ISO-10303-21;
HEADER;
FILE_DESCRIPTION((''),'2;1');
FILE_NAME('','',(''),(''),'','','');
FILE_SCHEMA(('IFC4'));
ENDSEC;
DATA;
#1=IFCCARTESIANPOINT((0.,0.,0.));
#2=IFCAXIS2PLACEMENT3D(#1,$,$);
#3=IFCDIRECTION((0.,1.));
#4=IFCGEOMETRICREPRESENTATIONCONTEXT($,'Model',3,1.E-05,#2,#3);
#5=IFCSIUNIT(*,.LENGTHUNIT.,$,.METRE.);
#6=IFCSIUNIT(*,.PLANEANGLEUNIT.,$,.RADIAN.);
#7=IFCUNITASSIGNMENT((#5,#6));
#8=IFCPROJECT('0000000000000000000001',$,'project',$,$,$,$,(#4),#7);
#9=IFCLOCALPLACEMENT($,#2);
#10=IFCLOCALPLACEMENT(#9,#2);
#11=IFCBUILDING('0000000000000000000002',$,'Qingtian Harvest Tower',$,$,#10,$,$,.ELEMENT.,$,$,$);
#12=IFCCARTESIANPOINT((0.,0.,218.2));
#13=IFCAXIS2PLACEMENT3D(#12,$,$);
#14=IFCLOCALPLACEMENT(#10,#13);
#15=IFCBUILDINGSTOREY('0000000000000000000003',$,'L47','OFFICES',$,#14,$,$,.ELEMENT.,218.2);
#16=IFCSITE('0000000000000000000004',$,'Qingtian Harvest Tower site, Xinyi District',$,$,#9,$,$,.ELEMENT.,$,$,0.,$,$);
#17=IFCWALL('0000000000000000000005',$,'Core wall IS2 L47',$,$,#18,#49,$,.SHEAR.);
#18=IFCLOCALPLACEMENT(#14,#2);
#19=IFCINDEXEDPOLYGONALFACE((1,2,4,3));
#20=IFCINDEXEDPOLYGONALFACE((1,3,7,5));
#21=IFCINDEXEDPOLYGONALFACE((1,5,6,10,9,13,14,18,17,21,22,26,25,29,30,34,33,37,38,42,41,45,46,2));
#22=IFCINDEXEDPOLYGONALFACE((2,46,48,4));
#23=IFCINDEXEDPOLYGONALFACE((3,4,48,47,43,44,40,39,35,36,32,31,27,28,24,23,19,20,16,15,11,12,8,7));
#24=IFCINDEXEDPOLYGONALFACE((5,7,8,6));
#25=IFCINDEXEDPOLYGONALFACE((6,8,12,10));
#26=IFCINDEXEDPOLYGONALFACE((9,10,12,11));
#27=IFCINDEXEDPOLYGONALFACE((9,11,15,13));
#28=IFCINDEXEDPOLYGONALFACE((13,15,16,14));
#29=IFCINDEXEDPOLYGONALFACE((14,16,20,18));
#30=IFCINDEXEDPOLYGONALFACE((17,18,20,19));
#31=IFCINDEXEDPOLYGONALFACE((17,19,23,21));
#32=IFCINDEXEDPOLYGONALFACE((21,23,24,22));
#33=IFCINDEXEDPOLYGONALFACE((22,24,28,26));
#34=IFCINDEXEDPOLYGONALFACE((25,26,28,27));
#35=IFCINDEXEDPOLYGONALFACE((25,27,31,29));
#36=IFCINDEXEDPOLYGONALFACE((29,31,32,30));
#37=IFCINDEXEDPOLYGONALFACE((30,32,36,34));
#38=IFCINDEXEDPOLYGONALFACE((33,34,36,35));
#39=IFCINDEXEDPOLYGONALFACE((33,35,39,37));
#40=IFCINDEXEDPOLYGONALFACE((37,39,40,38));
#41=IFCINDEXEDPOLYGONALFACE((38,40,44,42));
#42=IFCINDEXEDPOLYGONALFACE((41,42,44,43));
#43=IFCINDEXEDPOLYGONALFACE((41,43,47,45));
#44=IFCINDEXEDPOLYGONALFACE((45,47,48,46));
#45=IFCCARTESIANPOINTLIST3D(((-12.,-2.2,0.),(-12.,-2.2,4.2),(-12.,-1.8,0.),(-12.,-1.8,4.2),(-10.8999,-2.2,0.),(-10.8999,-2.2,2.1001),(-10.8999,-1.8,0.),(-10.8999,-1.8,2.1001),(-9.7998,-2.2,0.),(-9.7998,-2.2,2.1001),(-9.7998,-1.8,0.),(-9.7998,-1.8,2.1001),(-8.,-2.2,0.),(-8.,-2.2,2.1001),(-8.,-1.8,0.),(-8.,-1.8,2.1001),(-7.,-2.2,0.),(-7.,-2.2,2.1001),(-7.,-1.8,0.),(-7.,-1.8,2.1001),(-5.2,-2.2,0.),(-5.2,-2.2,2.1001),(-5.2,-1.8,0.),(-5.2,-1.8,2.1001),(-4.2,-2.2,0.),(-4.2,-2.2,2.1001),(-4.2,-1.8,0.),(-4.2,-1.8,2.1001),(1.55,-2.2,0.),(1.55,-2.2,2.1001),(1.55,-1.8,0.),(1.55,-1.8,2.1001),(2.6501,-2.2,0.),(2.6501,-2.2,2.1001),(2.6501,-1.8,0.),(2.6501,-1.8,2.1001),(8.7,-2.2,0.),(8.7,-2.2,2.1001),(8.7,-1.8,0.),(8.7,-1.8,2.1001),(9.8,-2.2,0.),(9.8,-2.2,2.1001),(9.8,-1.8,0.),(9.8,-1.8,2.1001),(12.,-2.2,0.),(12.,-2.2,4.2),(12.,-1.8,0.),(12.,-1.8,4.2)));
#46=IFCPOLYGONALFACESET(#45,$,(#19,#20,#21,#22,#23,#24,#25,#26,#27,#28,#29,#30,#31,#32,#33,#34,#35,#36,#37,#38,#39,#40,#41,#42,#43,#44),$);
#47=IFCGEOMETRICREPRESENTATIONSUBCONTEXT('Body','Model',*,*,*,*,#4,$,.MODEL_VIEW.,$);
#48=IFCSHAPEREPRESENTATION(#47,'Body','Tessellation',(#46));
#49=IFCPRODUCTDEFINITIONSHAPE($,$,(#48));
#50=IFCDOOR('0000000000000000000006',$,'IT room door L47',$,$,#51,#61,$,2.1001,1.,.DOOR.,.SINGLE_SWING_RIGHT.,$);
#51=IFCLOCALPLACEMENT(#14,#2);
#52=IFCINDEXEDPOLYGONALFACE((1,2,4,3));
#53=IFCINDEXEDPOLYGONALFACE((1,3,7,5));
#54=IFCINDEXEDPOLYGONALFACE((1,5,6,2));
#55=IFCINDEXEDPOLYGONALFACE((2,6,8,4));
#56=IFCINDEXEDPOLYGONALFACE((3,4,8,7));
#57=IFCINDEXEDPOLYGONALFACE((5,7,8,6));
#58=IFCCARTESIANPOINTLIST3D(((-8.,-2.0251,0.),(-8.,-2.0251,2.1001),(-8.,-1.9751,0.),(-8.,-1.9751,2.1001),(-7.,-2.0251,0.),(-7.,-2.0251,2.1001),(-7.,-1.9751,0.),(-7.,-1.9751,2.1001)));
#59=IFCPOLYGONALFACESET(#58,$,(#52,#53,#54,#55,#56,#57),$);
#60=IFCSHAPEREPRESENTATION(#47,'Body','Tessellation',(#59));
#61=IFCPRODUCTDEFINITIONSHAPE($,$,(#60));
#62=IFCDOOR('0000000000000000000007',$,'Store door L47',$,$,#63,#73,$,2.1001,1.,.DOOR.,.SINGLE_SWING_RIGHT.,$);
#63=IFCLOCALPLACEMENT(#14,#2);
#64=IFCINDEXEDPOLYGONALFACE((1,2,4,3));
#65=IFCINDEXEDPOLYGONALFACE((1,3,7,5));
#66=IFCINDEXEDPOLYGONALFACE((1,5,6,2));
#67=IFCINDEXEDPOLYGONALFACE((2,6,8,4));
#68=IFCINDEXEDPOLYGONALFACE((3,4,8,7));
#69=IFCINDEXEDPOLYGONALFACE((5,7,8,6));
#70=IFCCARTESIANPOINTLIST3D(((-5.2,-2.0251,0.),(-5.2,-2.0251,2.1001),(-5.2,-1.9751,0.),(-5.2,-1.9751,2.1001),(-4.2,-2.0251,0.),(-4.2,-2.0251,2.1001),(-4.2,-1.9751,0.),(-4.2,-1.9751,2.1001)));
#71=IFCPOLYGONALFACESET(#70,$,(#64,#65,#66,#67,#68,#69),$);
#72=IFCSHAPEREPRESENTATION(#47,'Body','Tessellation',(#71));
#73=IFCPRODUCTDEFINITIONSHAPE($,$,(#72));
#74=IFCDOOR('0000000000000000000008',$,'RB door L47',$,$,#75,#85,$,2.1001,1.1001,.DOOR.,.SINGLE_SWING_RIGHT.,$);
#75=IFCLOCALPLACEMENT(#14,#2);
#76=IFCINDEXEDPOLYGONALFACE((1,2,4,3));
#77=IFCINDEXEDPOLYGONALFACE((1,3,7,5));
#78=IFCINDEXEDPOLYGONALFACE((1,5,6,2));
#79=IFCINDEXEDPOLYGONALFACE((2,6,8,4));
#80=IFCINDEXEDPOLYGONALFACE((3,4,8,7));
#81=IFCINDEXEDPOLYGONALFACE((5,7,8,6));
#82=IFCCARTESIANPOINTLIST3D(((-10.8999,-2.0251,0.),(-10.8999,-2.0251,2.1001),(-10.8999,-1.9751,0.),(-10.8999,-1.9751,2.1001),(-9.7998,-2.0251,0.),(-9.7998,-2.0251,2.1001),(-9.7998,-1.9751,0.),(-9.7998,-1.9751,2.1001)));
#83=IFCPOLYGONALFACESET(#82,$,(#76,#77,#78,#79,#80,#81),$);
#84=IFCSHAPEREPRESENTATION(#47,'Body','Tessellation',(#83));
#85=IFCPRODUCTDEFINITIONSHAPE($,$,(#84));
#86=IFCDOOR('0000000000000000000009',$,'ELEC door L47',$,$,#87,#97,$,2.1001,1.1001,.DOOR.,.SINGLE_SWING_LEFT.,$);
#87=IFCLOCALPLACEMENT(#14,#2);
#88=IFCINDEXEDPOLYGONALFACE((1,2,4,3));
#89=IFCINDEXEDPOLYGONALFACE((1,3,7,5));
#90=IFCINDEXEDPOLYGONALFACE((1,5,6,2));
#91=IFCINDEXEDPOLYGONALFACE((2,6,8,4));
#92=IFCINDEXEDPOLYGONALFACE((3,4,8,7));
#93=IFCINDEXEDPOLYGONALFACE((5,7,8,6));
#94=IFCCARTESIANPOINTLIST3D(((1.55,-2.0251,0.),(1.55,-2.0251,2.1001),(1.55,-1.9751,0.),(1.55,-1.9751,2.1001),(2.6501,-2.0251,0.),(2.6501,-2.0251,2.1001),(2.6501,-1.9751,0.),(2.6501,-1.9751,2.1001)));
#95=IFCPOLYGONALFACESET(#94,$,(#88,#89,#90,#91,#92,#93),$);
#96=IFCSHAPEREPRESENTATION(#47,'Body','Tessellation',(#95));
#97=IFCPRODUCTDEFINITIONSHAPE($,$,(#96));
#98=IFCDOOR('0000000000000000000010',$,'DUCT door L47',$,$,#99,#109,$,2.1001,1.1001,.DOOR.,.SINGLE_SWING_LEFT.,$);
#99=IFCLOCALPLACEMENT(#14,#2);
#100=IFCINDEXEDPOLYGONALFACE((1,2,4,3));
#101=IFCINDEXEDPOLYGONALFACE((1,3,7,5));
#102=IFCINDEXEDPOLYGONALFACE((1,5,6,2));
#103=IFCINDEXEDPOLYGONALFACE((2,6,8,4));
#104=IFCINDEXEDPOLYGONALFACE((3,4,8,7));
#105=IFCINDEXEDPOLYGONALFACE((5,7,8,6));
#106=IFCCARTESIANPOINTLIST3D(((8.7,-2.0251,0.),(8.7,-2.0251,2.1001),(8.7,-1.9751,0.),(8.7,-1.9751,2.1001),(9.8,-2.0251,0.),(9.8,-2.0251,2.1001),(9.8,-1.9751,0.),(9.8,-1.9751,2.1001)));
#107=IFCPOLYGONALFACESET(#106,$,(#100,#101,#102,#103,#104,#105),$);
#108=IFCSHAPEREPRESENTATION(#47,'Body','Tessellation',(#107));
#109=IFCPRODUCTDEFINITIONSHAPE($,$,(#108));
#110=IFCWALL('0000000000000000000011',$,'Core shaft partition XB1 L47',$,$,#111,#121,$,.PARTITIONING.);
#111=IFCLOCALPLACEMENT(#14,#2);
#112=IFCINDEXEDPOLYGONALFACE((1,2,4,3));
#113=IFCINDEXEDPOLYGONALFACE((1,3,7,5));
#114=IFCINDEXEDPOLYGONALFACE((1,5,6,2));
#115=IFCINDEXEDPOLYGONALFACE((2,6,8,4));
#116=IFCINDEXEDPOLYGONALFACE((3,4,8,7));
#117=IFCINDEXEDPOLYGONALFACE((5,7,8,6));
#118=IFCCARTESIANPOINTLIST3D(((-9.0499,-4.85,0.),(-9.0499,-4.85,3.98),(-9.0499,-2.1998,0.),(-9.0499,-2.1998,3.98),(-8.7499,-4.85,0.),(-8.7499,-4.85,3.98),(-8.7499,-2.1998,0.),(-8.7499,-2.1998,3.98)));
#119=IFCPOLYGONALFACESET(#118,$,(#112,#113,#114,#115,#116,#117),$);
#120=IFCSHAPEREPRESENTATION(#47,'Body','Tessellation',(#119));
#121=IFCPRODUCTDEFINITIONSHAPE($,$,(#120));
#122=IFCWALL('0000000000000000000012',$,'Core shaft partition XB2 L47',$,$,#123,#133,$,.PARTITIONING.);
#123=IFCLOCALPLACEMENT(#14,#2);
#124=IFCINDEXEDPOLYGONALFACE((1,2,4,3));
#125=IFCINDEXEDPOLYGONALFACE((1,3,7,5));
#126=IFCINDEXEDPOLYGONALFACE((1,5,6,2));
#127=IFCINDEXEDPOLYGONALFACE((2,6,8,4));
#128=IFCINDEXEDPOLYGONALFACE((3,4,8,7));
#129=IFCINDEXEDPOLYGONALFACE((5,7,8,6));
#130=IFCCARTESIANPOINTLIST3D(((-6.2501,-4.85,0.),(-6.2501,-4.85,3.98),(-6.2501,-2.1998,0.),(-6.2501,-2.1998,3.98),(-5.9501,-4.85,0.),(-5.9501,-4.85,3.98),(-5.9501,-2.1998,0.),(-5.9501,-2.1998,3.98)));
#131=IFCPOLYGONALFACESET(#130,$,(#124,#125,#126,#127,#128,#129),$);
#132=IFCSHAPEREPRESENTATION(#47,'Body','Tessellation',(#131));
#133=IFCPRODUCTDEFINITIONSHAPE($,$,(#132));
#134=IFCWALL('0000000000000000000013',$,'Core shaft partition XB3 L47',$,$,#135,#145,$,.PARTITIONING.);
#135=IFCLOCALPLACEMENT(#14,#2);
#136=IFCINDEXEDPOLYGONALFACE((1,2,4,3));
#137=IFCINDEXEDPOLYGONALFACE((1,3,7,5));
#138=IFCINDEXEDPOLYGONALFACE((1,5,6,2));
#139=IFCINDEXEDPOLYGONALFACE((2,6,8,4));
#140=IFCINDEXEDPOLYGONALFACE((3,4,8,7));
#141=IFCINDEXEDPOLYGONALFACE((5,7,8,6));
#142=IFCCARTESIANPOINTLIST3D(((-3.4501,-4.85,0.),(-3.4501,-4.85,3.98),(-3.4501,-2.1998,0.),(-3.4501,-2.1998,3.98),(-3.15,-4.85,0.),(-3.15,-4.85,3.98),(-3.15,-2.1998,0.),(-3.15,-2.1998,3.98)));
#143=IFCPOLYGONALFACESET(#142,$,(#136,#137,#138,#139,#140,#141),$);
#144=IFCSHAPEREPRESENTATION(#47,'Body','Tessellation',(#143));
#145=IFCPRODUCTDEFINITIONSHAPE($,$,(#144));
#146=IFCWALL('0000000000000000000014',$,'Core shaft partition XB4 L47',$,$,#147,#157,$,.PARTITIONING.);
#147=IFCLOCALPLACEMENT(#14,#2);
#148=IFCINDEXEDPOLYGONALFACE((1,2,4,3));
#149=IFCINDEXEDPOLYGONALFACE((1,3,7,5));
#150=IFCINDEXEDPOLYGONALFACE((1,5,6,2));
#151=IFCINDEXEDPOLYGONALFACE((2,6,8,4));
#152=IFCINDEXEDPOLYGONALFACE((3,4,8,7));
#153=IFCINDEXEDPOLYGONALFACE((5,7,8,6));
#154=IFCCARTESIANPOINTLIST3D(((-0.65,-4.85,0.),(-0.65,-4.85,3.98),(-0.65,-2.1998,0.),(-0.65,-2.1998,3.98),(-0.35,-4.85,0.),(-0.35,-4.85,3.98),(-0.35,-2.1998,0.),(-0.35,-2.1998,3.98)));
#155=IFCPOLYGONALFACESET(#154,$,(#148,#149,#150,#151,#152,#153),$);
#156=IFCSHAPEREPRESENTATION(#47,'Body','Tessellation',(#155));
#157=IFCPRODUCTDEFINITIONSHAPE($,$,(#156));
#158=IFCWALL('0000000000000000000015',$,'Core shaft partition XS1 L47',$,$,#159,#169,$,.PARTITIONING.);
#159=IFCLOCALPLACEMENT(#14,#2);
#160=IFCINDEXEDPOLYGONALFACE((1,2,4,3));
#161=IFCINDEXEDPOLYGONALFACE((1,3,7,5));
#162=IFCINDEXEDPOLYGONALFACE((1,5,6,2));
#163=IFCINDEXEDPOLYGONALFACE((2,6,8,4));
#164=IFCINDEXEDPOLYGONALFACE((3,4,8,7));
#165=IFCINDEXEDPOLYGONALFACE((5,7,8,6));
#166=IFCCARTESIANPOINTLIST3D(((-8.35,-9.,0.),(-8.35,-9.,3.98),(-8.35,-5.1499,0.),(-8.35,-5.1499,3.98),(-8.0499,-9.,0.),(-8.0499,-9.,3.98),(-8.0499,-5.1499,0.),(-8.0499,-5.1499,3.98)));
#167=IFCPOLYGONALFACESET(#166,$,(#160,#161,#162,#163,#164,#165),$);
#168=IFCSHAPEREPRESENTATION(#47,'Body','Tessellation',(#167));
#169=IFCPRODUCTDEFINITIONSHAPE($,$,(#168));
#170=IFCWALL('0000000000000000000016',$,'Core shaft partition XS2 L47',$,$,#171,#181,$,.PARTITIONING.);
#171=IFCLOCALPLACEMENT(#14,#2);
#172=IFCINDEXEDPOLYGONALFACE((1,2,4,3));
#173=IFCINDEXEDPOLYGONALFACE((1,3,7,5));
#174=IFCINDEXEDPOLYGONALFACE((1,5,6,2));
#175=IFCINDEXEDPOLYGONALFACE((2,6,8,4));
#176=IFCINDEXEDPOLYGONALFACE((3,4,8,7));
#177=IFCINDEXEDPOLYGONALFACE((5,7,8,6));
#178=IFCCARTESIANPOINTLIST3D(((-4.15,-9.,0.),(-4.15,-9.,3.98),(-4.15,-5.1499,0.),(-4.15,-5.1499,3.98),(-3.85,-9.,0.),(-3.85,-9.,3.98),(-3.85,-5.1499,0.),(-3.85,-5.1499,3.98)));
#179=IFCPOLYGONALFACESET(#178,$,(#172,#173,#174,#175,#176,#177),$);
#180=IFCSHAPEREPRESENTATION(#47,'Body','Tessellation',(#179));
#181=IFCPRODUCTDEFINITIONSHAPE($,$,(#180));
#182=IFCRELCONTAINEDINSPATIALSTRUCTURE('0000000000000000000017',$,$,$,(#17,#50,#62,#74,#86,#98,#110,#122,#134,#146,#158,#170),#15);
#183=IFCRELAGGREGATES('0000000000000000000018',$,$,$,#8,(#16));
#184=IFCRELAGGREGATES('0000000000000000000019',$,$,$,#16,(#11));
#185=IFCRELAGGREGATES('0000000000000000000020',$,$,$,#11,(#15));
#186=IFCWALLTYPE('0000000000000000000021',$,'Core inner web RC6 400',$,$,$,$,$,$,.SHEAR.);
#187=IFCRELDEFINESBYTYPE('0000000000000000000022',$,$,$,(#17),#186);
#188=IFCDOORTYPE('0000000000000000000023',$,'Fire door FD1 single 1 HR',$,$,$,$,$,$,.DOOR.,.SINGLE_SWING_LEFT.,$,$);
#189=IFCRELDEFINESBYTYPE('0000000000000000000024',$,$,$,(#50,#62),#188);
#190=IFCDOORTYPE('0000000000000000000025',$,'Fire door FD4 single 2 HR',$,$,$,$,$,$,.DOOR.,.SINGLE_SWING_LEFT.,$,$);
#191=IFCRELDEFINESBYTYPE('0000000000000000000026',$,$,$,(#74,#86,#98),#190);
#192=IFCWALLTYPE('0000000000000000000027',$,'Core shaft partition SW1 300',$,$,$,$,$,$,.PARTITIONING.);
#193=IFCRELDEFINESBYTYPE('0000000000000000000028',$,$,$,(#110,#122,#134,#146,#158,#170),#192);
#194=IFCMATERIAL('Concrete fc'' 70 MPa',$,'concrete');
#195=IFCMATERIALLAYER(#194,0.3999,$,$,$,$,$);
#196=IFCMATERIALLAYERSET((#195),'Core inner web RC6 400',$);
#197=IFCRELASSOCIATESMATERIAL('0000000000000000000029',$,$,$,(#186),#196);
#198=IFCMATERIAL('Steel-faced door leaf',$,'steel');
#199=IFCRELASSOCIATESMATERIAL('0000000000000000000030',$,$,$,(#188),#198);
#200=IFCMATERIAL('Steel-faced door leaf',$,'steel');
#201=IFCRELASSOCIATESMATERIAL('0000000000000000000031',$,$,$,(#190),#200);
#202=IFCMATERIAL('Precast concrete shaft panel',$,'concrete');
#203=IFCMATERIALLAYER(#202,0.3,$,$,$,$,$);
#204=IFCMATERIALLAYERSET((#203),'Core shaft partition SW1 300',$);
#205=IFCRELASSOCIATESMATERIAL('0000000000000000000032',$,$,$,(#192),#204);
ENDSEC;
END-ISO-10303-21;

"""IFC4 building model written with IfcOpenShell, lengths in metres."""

from ifc_helpers import new_model, si_unit, direction, frame, frame_2d, origin, place, context, subcontext, project, spatial, rectangle, extrude, material, layer, layer_set, type_object, element, fill, save


model = new_model("IFC4")

# Units and contexts
model_context = context("Model", 3, precision=1e-05, world=origin(), true_north=direction((0.0, 1.0)))
body_context = subcontext(model_context, "Body", "Model", "MODEL_VIEW")
ifc_project = project(units=[si_unit("LENGTHUNIT", "METRE"), si_unit("PLANEANGLEUNIT", "RADIAN")], contexts=[model_context])

# Site, building, storey
site_placement = place(None, origin())
site = spatial("IfcSite", under=ifc_project, at=site_placement, Name="Qingtian Harvest Tower site, Xinyi District", CompositionType="ELEMENT", RefElevation=0.0)
building_placement = place(site_placement, origin())
building = spatial("IfcBuilding", under=site, at=building_placement, Name="Qingtian Harvest Tower", CompositionType="ELEMENT")
storey_placement = place(building_placement, frame((0.0, 0.0, 218.2)))
storey = spatial("IfcBuildingStorey", under=building, at=storey_placement, Name="L47", Description="OFFICES", CompositionType="ELEMENT", Elevation=218.2)

# Wall, openings, doors
ifc_material_1 = material(Name="Concrete fc' 70 MPa", Category="concrete")
ifc_layer_1 = layer(ifc_material_1, 0.3999)
ifc_layer_set_1 = layer_set([ifc_layer_1], Name="Core inner web RC6 400")
wall_type_1 = type_object("IfcWallType", Name="Core inner web RC6 400", PredefinedType="SHEAR", material=ifc_layer_set_1)
wall_1_placement = place(storey_placement, frame((-12.0, -2.0, 0.0), z_axis=(0.0, 0.0, 1.0), x_axis=(1.0, 0.0, 0.0)))
wall_1 = element("IfcWall", 1, at=wall_1_placement, inside=storey, type_object=wall_type_1, Name="Core wall IS2 L47", PredefinedType="SHEAR", context=body_context, shape_type="SweptSolid", body=[
    extrude(rectangle(XDim=24.0, YDim=0.3999, at=frame_2d((12.0, 0.0))), origin(), (0.0, 0.0, 1.0), 4.2),
])
opening_1_placement = place(wall_1_placement, frame((1.1001, 0.0, 0.0)))
opening_1 = element("IfcOpeningElement", 2, at=opening_1_placement, cuts=wall_1, PredefinedType="OPENING", context=body_context, shape_type="SweptSolid", body=[
    extrude(rectangle(XDim=1.1001, YDim=2.1001, at=frame_2d((0.55, 1.05))), frame((0.0, 0.21, 0.0), z_axis=(0.0, -1.0, 0.0), x_axis=(1.0, 0.0, 0.0)), (0.0, 0.0, 1.0), 0.4199),
])
opening_2_placement = place(wall_1_placement, frame((13.55, 0.0, 0.0)))
opening_2 = element("IfcOpeningElement", 3, at=opening_2_placement, cuts=wall_1, PredefinedType="OPENING", context=body_context, shape_type="SweptSolid", body=[
    extrude(rectangle(XDim=1.1001, YDim=2.1001, at=frame_2d((0.55, 1.05))), frame((0.0, 0.21, 0.0), z_axis=(0.0, -1.0, 0.0), x_axis=(1.0, 0.0, 0.0)), (0.0, 0.0, 1.0), 0.4199),
])
opening_3_placement = place(wall_1_placement, frame((20.7, 0.0, 0.0)))
opening_3 = element("IfcOpeningElement", 4, at=opening_3_placement, cuts=wall_1, PredefinedType="OPENING", context=body_context, shape_type="SweptSolid", body=[
    extrude(rectangle(XDim=1.1001, YDim=2.1001, at=frame_2d((0.55, 1.05))), frame((0.0, 0.21, 0.0), z_axis=(0.0, -1.0, 0.0), x_axis=(1.0, 0.0, 0.0)), (0.0, 0.0, 1.0), 0.4199),
])
opening_4_placement = place(wall_1_placement, frame((4.0, 0.0, 0.0)))
opening_4 = element("IfcOpeningElement", 5, at=opening_4_placement, cuts=wall_1, PredefinedType="OPENING", context=body_context, shape_type="SweptSolid", body=[
    extrude(rectangle(XDim=1.0, YDim=2.1001, at=frame_2d((0.5, 1.05))), frame((0.0, 0.21, 0.0), z_axis=(0.0, -1.0, 0.0), x_axis=(1.0, 0.0, 0.0)), (0.0, 0.0, 1.0), 0.4199),
])
opening_5_placement = place(wall_1_placement, frame((6.8, 0.0, 0.0)))
opening_5 = element("IfcOpeningElement", 6, at=opening_5_placement, cuts=wall_1, PredefinedType="OPENING", context=body_context, shape_type="SweptSolid", body=[
    extrude(rectangle(XDim=1.0, YDim=2.1001, at=frame_2d((0.5, 1.05))), frame((0.0, 0.21, 0.0), z_axis=(0.0, -1.0, 0.0), x_axis=(1.0, 0.0, 0.0)), (0.0, 0.0, 1.0), 0.4199),
])
ifc_material_2 = material(Name="Steel-faced door leaf", Category="steel")
door_type_1 = type_object("IfcDoorType", Name="Fire door FD1 single 1 HR", OperationType="SINGLE_SWING_LEFT", PredefinedType="DOOR", material=ifc_material_2)
door_1_placement = place(opening_4_placement, origin())
door_1 = element("IfcDoor", 7, at=door_1_placement, inside=storey, type_object=door_type_1, Name="IT room door L47", OperationType="SINGLE_SWING_RIGHT", OverallHeight=2.1001, OverallWidth=1.0, PredefinedType="DOOR", context=body_context, shape_type="SweptSolid", body=[
    extrude(rectangle(XDim=1.0, YDim=2.1001, at=frame_2d((0.5, 1.05))), frame((0.0, 0.0249, 0.0), z_axis=(0.0, -1.0, 0.0), x_axis=(1.0, 0.0, 0.0)), (0.0, 0.0, 1.0), 0.05),
])
fill(opening_4, door_1)
door_2_placement = place(opening_5_placement, origin())
door_2 = element("IfcDoor", 8, at=door_2_placement, inside=storey, type_object=door_type_1, Name="Store door L47", OperationType="SINGLE_SWING_RIGHT", OverallHeight=2.1001, OverallWidth=1.0, PredefinedType="DOOR", context=body_context, shape_type="SweptSolid", body=[
    extrude(rectangle(XDim=1.0, YDim=2.1001, at=frame_2d((0.5, 1.05))), frame((0.0, 0.0249, 0.0), z_axis=(0.0, -1.0, 0.0), x_axis=(1.0, 0.0, 0.0)), (0.0, 0.0, 1.0), 0.05),
])
fill(opening_5, door_2)
ifc_material_3 = material(Name="Steel-faced door leaf", Category="steel")
door_type_2 = type_object("IfcDoorType", Name="Fire door FD4 single 2 HR", OperationType="SINGLE_SWING_LEFT", PredefinedType="DOOR", material=ifc_material_3)
door_3_placement = place(opening_1_placement, origin())
door_3 = element("IfcDoor", 9, at=door_3_placement, inside=storey, type_object=door_type_2, Name="RB door L47", OperationType="SINGLE_SWING_RIGHT", OverallHeight=2.1001, OverallWidth=1.1001, PredefinedType="DOOR", context=body_context, shape_type="SweptSolid", body=[
    extrude(rectangle(XDim=1.1001, YDim=2.1001, at=frame_2d((0.55, 1.05))), frame((0.0, 0.0249, 0.0), z_axis=(0.0, -1.0, 0.0), x_axis=(1.0, 0.0, 0.0)), (0.0, 0.0, 1.0), 0.05),
])
fill(opening_1, door_3)
door_4_placement = place(opening_2_placement, origin())
door_4 = element("IfcDoor", 10, at=door_4_placement, inside=storey, type_object=door_type_2, Name="ELEC door L47", OperationType="SINGLE_SWING_LEFT", OverallHeight=2.1001, OverallWidth=1.1001, PredefinedType="DOOR", context=body_context, shape_type="SweptSolid", body=[
    extrude(rectangle(XDim=1.1001, YDim=2.1001, at=frame_2d((0.55, 1.05))), frame((0.0, 0.0249, 0.0), z_axis=(0.0, -1.0, 0.0), x_axis=(1.0, 0.0, 0.0)), (0.0, 0.0, 1.0), 0.05),
])
fill(opening_2, door_4)
door_5_placement = place(opening_3_placement, origin())
door_5 = element("IfcDoor", 11, at=door_5_placement, inside=storey, type_object=door_type_2, Name="DUCT door L47", OperationType="SINGLE_SWING_LEFT", OverallHeight=2.1001, OverallWidth=1.1001, PredefinedType="DOOR", context=body_context, shape_type="SweptSolid", body=[
    extrude(rectangle(XDim=1.1001, YDim=2.1001, at=frame_2d((0.55, 1.05))), frame((0.0, 0.0249, 0.0), z_axis=(0.0, -1.0, 0.0), x_axis=(1.0, 0.0, 0.0)), (0.0, 0.0, 1.0), 0.05),
])
fill(opening_3, door_5)

# Walls
ifc_material_4 = material(Name="Precast concrete shaft panel", Category="concrete")
ifc_layer_2 = layer(ifc_material_4, 0.3)
ifc_layer_set_2 = layer_set([ifc_layer_2], Name="Core shaft partition SW1 300")
wall_type_2 = type_object("IfcWallType", Name="Core shaft partition SW1 300", PredefinedType="PARTITIONING", material=ifc_layer_set_2)
for number, where, z_axis, x_axis, name in (
    (12, (-8.8999, -4.8501, 0.0), (0.0, 0.0, 1.0), (0.0, 1.0, 0.0), "Core shaft partition XB1 L47"),
    (13, (-6.1001, -4.8501, 0.0), (0.0, 0.0, 1.0), (0.0, 1.0, 0.0), "Core shaft partition XB2 L47"),
    (14, (-3.3, -4.8501, 0.0), (0.0, 0.0, 1.0), (0.0, 1.0, 0.0), "Core shaft partition XB3 L47"),
    (15, (-0.5, -4.8501, 0.0), (0.0, 0.0, 1.0), (0.0, 1.0, 0.0), "Core shaft partition XB4 L47"),
):
    element("IfcWall", number, at=place(storey_placement, frame(where, z_axis=z_axis, x_axis=x_axis)), inside=storey, type_object=wall_type_2, Name=name, PredefinedType="PARTITIONING", context=body_context, shape_type="SweptSolid", body=[
        extrude(rectangle(XDim=2.6501, YDim=0.3, at=frame_2d((1.3252, 0.0))), origin(), (0.0, 0.0, 1.0), 3.98),
    ])
for number, where, z_axis, x_axis, name in (
    (16, (-8.2, -9.0, 0.0), (0.0, 0.0, 1.0), (0.0, 1.0, 0.0), "Core shaft partition XS1 L47"),
    (17, (-4.0, -9.0, 0.0), (0.0, 0.0, 1.0), (0.0, 1.0, 0.0), "Core shaft partition XS2 L47"),
):
    element("IfcWall", number, at=place(storey_placement, frame(where, z_axis=z_axis, x_axis=x_axis)), inside=storey, type_object=wall_type_2, Name=name, PredefinedType="PARTITIONING", context=body_context, shape_type="SweptSolid", body=[
        extrude(rectangle(XDim=3.8501, YDim=0.3, at=frame_2d((1.925, 0.0))), origin(), (0.0, 0.0, 1.0), 3.98),
    ])

save(model, "model.ifc")
